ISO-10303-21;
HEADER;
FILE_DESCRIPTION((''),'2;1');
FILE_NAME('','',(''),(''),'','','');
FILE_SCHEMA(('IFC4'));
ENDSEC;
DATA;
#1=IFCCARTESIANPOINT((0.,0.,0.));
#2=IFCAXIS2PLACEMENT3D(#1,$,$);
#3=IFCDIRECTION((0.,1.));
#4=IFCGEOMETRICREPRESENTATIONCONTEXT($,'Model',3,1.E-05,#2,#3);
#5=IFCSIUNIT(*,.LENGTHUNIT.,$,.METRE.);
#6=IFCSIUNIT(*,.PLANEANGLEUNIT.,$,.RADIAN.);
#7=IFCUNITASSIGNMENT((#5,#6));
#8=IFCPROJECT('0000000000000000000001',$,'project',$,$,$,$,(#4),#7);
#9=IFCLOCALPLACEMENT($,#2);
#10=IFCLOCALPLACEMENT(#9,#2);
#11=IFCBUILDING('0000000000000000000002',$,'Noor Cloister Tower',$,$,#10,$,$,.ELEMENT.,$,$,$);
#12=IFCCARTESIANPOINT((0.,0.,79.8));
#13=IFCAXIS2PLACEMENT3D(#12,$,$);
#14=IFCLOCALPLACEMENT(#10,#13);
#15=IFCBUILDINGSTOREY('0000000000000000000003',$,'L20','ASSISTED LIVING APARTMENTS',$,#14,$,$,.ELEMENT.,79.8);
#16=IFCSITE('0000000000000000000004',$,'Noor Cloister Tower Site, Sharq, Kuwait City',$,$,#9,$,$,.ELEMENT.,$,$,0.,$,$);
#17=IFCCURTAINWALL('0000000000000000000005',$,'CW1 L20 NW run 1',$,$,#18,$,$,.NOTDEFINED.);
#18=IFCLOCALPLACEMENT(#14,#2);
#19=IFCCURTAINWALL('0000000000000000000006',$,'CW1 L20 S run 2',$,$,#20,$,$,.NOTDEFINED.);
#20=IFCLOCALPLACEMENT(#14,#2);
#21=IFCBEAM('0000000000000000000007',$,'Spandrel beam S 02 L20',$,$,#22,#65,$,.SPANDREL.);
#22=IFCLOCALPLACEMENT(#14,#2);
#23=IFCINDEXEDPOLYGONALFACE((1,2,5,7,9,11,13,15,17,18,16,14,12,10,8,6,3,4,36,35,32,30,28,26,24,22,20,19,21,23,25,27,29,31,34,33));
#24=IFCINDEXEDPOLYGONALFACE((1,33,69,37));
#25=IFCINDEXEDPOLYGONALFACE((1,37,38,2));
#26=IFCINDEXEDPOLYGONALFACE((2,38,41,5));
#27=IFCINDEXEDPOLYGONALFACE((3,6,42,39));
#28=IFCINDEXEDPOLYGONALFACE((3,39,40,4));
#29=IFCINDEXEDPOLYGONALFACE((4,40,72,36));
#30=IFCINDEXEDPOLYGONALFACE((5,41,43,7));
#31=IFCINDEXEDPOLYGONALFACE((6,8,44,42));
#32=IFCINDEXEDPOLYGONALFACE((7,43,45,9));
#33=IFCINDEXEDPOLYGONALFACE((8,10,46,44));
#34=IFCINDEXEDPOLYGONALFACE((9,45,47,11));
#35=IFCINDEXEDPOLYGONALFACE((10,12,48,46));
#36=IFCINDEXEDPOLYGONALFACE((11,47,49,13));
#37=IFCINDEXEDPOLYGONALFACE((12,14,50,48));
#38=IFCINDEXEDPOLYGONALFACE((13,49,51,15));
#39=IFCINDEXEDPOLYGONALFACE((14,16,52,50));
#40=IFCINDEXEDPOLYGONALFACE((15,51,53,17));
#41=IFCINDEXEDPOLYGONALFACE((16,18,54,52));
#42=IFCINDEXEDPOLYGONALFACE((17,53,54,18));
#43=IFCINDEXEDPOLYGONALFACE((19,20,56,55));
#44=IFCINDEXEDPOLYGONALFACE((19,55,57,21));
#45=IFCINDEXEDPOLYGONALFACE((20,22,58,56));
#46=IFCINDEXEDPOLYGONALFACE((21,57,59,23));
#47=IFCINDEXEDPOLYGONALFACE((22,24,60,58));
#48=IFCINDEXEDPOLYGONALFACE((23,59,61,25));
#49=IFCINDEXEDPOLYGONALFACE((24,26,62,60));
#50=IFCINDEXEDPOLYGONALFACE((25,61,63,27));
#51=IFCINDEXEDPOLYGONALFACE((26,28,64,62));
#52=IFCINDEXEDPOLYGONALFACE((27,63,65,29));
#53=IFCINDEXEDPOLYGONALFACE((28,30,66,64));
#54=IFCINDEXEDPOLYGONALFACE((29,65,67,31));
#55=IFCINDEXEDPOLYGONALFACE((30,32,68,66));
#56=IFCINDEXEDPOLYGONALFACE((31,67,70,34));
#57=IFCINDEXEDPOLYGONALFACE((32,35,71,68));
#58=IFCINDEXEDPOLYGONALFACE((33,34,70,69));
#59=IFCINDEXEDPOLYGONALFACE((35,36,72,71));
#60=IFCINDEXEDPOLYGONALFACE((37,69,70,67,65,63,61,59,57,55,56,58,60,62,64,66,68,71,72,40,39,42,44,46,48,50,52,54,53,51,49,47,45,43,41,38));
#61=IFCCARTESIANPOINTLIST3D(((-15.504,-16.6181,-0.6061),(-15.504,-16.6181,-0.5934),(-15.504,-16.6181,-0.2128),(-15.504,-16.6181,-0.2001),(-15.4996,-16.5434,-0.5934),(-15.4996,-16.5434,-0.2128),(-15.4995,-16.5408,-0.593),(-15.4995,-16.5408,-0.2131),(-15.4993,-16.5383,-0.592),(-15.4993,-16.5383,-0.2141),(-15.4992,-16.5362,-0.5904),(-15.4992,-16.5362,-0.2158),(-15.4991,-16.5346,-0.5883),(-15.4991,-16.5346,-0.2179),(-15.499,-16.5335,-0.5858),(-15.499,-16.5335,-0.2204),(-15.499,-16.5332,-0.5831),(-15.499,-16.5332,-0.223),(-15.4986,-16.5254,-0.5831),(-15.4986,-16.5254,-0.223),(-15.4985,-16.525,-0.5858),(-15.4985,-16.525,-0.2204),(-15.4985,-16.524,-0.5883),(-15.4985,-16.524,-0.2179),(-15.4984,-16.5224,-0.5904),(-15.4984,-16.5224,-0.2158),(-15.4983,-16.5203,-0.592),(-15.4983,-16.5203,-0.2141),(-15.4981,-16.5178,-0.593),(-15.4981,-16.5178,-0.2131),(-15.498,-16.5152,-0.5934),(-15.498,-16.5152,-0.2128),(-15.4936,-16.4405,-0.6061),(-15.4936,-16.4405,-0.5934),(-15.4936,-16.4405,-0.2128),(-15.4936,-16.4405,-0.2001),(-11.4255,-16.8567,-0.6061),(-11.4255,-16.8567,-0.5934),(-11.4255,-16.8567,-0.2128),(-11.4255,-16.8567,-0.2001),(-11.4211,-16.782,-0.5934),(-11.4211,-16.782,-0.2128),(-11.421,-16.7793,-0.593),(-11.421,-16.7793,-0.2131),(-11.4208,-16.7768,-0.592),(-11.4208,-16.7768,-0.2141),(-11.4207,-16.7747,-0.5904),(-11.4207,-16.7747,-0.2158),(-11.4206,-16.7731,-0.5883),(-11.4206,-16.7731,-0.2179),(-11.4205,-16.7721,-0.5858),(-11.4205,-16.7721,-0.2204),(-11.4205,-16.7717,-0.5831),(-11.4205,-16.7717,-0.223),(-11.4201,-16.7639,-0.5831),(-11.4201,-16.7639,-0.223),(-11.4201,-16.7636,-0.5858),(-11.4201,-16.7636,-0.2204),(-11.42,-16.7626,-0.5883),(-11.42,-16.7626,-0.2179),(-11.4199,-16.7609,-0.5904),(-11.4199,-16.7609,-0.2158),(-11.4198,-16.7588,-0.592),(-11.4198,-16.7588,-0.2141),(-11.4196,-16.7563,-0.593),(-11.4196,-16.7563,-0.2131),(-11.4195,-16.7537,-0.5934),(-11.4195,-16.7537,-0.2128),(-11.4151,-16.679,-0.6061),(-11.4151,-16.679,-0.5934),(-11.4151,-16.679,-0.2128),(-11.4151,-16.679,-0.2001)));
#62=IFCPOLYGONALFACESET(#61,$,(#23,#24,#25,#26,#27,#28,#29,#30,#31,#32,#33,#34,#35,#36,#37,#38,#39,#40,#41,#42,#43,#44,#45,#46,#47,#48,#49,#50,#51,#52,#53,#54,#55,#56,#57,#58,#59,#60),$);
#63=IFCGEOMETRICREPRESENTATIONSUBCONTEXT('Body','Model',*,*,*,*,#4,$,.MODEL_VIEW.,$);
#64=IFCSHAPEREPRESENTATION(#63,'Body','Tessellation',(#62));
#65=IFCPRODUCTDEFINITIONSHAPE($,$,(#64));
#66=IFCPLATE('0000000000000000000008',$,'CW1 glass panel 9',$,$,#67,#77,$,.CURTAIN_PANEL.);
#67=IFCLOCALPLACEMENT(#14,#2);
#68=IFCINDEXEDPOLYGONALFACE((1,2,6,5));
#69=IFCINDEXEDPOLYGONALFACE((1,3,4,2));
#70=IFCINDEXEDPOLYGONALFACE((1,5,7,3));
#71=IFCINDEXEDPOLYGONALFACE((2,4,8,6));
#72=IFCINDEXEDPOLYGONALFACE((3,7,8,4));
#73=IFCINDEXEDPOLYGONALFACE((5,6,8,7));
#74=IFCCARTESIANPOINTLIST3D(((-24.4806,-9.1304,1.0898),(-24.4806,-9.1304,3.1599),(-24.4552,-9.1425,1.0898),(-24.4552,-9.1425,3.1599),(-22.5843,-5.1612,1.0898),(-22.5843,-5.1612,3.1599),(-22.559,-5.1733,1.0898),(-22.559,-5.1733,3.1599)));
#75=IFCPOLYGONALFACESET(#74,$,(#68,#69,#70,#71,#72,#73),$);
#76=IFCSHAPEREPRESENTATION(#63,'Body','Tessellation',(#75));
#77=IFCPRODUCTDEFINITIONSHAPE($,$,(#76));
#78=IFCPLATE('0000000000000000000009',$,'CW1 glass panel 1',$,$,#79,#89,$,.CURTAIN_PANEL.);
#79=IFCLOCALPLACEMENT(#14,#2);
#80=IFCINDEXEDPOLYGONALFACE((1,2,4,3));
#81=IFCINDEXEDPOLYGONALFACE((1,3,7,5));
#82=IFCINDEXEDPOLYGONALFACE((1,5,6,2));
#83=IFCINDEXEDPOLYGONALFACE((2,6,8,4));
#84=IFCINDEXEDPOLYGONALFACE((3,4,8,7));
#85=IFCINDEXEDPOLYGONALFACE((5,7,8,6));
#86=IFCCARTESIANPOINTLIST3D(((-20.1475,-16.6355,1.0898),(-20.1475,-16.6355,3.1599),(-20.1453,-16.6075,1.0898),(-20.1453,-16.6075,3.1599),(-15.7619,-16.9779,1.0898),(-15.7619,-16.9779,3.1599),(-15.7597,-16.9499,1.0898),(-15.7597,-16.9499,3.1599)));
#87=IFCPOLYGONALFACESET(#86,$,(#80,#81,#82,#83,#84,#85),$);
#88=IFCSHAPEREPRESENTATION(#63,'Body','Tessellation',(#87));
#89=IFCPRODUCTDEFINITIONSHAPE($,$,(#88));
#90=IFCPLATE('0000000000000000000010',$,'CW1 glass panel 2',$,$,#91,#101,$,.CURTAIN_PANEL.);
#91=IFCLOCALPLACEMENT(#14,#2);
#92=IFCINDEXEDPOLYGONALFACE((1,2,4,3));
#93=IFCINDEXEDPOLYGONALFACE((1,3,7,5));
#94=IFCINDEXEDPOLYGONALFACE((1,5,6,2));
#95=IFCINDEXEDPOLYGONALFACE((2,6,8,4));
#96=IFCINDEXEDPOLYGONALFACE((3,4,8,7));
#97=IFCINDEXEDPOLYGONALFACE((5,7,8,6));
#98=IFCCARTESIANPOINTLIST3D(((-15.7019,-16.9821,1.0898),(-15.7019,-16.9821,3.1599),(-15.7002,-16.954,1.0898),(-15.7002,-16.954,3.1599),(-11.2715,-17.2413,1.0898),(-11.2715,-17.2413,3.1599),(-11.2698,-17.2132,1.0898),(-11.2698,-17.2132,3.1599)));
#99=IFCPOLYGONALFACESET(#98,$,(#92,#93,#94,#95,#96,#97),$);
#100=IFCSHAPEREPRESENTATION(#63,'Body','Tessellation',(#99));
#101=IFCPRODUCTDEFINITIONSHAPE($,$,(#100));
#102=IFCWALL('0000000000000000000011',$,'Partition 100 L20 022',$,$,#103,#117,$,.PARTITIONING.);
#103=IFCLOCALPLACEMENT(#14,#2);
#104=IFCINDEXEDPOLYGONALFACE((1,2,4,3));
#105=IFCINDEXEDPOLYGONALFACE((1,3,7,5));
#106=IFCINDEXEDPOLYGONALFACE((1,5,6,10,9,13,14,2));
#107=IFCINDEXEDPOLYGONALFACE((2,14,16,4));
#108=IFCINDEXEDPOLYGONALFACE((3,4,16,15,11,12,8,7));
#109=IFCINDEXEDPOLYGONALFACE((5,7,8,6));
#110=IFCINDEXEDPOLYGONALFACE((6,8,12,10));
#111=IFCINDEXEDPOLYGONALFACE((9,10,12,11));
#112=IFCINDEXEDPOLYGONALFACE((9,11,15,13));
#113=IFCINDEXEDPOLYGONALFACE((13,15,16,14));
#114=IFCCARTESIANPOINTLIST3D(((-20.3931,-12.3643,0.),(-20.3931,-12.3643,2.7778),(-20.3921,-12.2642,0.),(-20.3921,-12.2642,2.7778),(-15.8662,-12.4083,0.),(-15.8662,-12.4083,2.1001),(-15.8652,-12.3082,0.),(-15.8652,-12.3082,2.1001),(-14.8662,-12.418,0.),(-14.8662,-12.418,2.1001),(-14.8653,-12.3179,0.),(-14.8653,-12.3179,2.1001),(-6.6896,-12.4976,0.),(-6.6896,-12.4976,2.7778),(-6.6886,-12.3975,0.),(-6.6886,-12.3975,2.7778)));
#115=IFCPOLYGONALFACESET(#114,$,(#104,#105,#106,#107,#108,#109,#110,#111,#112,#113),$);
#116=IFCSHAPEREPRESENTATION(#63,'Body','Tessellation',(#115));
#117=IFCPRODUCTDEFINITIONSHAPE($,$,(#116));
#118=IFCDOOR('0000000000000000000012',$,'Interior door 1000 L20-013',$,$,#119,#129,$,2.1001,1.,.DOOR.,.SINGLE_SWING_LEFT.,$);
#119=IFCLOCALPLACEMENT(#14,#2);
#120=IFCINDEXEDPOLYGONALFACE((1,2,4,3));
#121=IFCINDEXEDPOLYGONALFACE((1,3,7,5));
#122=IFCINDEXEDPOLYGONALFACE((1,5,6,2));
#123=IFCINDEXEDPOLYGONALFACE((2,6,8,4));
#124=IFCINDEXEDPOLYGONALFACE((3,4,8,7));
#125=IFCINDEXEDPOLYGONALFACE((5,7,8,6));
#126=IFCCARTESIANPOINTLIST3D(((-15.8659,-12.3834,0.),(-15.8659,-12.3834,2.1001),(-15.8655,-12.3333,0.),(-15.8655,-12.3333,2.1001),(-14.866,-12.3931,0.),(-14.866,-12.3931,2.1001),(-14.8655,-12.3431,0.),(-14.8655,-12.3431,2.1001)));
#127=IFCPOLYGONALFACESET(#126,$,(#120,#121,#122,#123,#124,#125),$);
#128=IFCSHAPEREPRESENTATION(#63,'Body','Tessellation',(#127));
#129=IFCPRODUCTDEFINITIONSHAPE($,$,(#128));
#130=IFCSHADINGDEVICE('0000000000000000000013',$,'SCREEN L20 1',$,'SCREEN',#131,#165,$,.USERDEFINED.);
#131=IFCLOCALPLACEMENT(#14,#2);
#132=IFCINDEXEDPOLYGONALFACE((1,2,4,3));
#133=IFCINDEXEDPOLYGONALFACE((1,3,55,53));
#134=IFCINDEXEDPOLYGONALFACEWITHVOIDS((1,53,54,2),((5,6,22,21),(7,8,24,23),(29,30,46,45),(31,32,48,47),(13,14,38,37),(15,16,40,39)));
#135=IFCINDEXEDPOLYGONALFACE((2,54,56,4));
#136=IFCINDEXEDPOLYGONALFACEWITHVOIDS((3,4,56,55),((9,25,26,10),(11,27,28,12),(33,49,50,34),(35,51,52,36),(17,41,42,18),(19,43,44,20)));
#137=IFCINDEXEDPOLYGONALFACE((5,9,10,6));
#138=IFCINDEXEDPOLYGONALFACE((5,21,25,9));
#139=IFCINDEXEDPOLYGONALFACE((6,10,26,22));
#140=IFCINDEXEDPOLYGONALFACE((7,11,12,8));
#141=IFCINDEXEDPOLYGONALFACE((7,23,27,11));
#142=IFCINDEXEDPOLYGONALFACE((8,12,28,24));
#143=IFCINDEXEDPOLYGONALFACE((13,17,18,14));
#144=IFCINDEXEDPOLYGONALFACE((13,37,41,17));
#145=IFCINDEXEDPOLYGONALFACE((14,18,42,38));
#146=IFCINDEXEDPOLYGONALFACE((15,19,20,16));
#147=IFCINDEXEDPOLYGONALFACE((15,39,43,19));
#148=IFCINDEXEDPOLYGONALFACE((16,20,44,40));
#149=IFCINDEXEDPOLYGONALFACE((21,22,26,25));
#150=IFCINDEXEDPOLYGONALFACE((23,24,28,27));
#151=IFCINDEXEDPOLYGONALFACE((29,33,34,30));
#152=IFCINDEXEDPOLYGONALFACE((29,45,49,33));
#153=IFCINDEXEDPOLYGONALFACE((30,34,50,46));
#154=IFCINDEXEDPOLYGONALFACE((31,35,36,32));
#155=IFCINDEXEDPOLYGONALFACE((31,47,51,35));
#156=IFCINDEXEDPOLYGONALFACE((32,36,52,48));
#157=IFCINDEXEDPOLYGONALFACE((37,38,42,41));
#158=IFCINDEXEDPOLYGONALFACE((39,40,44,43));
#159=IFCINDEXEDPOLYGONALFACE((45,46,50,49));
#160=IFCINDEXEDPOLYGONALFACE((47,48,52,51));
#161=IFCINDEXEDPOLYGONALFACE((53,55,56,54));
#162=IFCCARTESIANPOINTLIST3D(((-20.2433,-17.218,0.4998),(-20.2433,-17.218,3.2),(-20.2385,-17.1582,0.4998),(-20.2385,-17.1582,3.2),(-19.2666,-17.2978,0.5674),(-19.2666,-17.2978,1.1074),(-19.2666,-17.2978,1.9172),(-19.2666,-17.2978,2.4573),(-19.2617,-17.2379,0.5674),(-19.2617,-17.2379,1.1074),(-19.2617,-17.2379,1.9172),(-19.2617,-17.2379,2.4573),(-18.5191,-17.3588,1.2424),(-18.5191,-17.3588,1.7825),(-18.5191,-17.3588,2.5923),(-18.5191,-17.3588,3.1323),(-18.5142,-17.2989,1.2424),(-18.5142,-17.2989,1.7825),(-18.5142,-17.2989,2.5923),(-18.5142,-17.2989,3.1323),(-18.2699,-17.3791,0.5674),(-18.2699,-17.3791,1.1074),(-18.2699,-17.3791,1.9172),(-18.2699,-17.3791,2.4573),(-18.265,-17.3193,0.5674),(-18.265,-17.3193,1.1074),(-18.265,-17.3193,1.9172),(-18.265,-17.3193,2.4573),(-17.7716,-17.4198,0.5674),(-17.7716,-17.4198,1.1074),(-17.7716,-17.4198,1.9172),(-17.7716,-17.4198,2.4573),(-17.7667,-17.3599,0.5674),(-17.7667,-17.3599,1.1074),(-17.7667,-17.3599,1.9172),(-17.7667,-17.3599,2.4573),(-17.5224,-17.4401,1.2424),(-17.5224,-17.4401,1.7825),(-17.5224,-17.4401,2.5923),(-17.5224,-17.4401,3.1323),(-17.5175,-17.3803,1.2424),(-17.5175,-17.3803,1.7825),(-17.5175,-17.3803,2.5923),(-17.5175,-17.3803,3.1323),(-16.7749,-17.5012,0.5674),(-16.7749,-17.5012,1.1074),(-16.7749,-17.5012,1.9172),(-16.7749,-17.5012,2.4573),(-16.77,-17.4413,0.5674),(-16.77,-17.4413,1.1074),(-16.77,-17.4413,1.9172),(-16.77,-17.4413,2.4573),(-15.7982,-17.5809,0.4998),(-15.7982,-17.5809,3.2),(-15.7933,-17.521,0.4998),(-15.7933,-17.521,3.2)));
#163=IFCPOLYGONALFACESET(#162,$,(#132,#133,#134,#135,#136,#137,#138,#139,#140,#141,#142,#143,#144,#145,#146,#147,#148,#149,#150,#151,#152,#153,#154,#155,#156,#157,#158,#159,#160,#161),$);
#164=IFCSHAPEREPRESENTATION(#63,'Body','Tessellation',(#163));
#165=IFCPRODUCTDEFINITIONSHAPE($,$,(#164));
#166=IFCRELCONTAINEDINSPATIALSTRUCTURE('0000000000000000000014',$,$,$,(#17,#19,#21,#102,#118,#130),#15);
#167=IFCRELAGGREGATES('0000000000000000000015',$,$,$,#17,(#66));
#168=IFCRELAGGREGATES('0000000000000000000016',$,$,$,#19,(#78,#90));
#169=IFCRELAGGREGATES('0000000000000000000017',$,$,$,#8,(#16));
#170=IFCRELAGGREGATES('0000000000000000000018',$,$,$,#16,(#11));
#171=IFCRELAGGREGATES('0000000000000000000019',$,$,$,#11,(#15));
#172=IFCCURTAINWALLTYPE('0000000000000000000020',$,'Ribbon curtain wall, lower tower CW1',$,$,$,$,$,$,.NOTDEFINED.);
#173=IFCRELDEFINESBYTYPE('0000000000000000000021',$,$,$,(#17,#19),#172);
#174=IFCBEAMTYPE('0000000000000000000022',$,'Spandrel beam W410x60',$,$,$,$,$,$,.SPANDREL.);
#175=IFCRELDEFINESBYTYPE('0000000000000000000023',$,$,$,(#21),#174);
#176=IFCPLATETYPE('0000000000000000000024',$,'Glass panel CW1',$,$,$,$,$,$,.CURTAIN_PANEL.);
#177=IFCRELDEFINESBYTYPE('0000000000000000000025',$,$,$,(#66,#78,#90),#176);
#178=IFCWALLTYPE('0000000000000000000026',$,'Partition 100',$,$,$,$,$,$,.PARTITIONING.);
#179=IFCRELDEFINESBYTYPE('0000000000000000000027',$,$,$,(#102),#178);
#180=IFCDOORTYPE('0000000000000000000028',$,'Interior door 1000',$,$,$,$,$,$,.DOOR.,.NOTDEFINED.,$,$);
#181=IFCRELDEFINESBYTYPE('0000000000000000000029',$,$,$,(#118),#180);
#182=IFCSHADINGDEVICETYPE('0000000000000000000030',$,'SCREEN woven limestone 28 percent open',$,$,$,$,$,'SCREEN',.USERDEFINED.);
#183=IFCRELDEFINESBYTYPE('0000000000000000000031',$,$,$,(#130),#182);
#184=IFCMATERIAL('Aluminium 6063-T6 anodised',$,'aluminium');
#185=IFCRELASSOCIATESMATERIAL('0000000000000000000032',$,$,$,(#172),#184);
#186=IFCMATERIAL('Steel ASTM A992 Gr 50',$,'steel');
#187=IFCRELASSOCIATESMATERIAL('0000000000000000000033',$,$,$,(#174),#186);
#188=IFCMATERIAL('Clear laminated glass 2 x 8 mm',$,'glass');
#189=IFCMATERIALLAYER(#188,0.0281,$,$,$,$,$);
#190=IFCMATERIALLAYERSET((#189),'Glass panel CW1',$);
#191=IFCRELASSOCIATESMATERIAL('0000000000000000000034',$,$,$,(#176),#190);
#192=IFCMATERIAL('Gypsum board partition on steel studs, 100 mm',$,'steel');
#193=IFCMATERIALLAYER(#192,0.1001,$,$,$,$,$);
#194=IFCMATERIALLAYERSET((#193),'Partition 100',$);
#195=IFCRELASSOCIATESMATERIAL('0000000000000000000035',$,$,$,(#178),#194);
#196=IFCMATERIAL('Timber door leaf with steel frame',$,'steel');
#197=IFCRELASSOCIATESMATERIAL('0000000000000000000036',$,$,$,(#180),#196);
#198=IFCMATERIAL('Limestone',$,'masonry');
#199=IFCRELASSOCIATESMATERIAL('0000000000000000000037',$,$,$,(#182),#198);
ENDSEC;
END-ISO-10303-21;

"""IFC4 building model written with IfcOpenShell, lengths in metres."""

from ifc_helpers import new_model, si_unit, direction, frame, frame_2d, origin, origin_2d, place, context, subcontext, project, spatial, polyline, rectangle, i_section, outline, extrude, material, layer, layer_set, material_profile, profile_set, type_object, element, fill, aggregate, save


model = new_model("IFC4")

# Units and contexts
model_context = context("Model", 3, precision=1e-05, world=origin(), true_north=direction((0.0, 1.0)))
body_context = subcontext(model_context, "Body", "Model", "MODEL_VIEW")
ifc_project = project(units=[si_unit("LENGTHUNIT", "METRE"), si_unit("PLANEANGLEUNIT", "RADIAN")], contexts=[model_context])

# Site, building, storey
site_placement = place(None, origin())
site = spatial("IfcSite", under=ifc_project, at=site_placement, Name="Noor Cloister Tower Site, Sharq, Kuwait City", CompositionType="ELEMENT", RefElevation=0.0)
building_placement = place(site_placement, origin())
building = spatial("IfcBuilding", under=site, at=building_placement, Name="Noor Cloister Tower", CompositionType="ELEMENT")
storey_placement = place(building_placement, frame((0.0, 0.0, 79.8)))
storey = spatial("IfcBuildingStorey", under=building, at=storey_placement, Name="L20", Description="ASSISTED LIVING APARTMENTS", CompositionType="ELEMENT", Elevation=79.8)

# Curtain wall
ifc_material_1 = material(Name="Aluminium 6063-T6 anodised", Category="aluminium")
curtain_wall_type = type_object("IfcCurtainWallType", Name="Ribbon curtain wall, lower tower CW1", PredefinedType="NOTDEFINED", material=ifc_material_1)
curtain_wall_1_placement = place(storey_placement, origin())
curtain_wall_1 = element("IfcCurtainWall", 1, at=curtain_wall_1_placement, inside=storey, type_object=curtain_wall_type, Name="CW1 L20 NW run 1", PredefinedType="NOTDEFINED")

# Curtain wall
curtain_wall_2_placement = place(storey_placement, origin())
curtain_wall_2 = element("IfcCurtainWall", 2, at=curtain_wall_2_placement, inside=storey, type_object=curtain_wall_type, Name="CW1 L20 S run 2", PredefinedType="NOTDEFINED")

# Beam
ifc_material_2 = material(Name="Steel ASTM A992 Gr 50", Category="steel")
ifc_material_profile_1 = material_profile(ifc_material_2, i_section(OverallWidth=0.178, OverallDepth=0.406, WebThickness=0.0078, FlangeThickness=0.0127, FilletRadius=0.0103, at=origin_2d()), Name="W410x60")
ifc_profile_set_1 = profile_set([ifc_material_profile_1], Name="Steel ASTM A992 Gr 50")
beam_type_1 = type_object("IfcBeamType", Name="Spandrel beam W410x60", PredefinedType="SPANDREL", material=ifc_profile_set_1)
for number, where, z_axis, x_axis, name in (
    (3, (-15.4988, -16.5293, -0.4031), (0.998294, -0.058386, 0.0), (0.058386, 0.998294, 0.0), "Spandrel beam S 02 L20"),
):
    element("IfcBeam", number, at=place(storey_placement, frame(where, z_axis=z_axis, x_axis=x_axis)), inside=storey, type_object=beam_type_1, Name=name, PredefinedType="SPANDREL", context=body_context, shape_type="SweptSolid", body=[
        extrude(i_section(OverallWidth=0.178, OverallDepth=0.406, WebThickness=0.0078, FlangeThickness=0.0127, FilletRadius=0.0103, at=origin_2d()), origin(), (0.0, 0.0, 1.0), 4.0854),
    ])

# Plates
ifc_material_3 = material(Name="Clear laminated glass 2 x 8 mm", Category="glass")
ifc_layer_1 = layer(ifc_material_3, 0.0281)
ifc_layer_set_1 = layer_set([ifc_layer_1], Name="Glass panel CW1")
plate_type = type_object("IfcPlateType", Name="Glass panel CW1", PredefinedType="CURTAIN_PANEL", material=ifc_layer_set_1)
plate_1_placement = place(storey_placement, frame((-23.5198, -7.1519, 1.0898), z_axis=(0.0, 0.0, 1.0), x_axis=(-0.43107, -0.902318, 0.0)))
plate_1 = element("IfcPlate", 4, at=plate_1_placement, type_object=plate_type, Name="CW1 glass panel 9", PredefinedType="CURTAIN_PANEL", context=body_context, shape_type="SweptSolid", body=[
    extrude(rectangle(XDim=4.3989, YDim=0.0281, at=origin_2d()), origin(), (0.0, 0.0, 1.0), 2.0701),
])
aggregate(curtain_wall_1, [plate_1])
plate_2_placement = place(storey_placement, frame((-17.9536, -16.7927, 1.0898), z_axis=(0.0, 0.0, 1.0), x_axis=(0.996966, -0.077841, 0.0)))
plate_2 = element("IfcPlate", 5, at=plate_2_placement, type_object=plate_type, Name="CW1 glass panel 1", PredefinedType="CURTAIN_PANEL", context=body_context, shape_type="SweptSolid", body=[
    extrude(rectangle(XDim=4.3989, YDim=0.0281, at=origin_2d()), origin(), (0.0, 0.0, 1.0), 2.0701),
])
plate_3_placement = place(storey_placement, frame((-13.4858, -17.0977, 1.0898), z_axis=(0.0, 0.0, 1.0), x_axis=(0.998293, -0.058407, 0.0)))
plate_3 = element("IfcPlate", 6, at=plate_3_placement, type_object=plate_type, Name="CW1 glass panel 2", PredefinedType="CURTAIN_PANEL", context=body_context, shape_type="SweptSolid", body=[
    extrude(rectangle(XDim=4.438, YDim=0.0281, at=origin_2d()), origin(), (0.0, 0.0, 1.0), 2.0701),
])
aggregate(curtain_wall_2, [plate_2, plate_3])

# Wall, opening, door
ifc_material_4 = material(Name="Gypsum board partition on steel studs, 100 mm", Category="steel")
ifc_layer_2 = layer(ifc_material_4, 0.1001)
ifc_layer_set_2 = layer_set([ifc_layer_2], Name="Partition 100")
wall_type = type_object("IfcWallType", Name="Partition 100", PredefinedType="PARTITIONING", material=ifc_layer_set_2)
wall_placement = place(storey_placement, frame((-20.3926, -12.3142, 0.0), z_axis=(0.0, 0.0, 1.0), x_axis=(0.999953, -0.009727, 0.0)))
wall = element("IfcWall", 7, at=wall_placement, inside=storey, type_object=wall_type, Name="Partition 100 L20 022", PredefinedType="PARTITIONING", context=body_context, shape_type="SweptSolid", body=[
    extrude(rectangle(XDim=13.7041, YDim=0.1001, at=frame_2d((6.8521, 0.0))), origin(), (0.0, 0.0, 1.0), 2.7778),
])
opening_placement = place(wall_placement, frame((4.5271, 0.0, 0.0)))
opening = element("IfcOpeningElement", 8, at=opening_placement, cuts=wall, PredefinedType="OPENING", context=body_context, shape_type="SweptSolid", body=[
    extrude(rectangle(XDim=1.0, YDim=2.1001, at=frame_2d((0.5, 1.05))), frame((0.0, 0.0601, 0.0), z_axis=(0.0, -1.0, 0.0), x_axis=(1.0, 0.0, 0.0)), (0.0, 0.0, 1.0), 0.1201),
])
ifc_material_5 = material(Name="Timber door leaf with steel frame", Category="steel")
door_type = type_object("IfcDoorType", Name="Interior door 1000", OperationType="NOTDEFINED", PredefinedType="DOOR", material=ifc_material_5)
door_placement = place(opening_placement, origin())
door = element("IfcDoor", 9, at=door_placement, inside=storey, type_object=door_type, Name="Interior door 1000 L20-013", OperationType="SINGLE_SWING_LEFT", OverallHeight=2.1001, OverallWidth=1.0, PredefinedType="DOOR", context=body_context, shape_type="SweptSolid", body=[
    extrude(rectangle(XDim=1.0, YDim=2.1001, at=frame_2d((0.5, 1.05))), frame((0.0, 0.0249, 0.0), z_axis=(0.0, -1.0, 0.0), x_axis=(1.0, 0.0, 0.0)), (0.0, 0.0, 1.0), 0.05),
])
fill(opening, door)

# Shading device
ifc_material_6 = material(Name="Limestone", Category="masonry")
ifc_material_profile_2 = material_profile(ifc_material_6, outline(polyline([(-2.23, -1.3501), (2.23, -1.3501), (2.23, 1.3501), (-2.23, 1.3501), (-2.23, -1.3501)]), holes=[polyline([(-1.25, -1.2825), (-0.25, -1.2825), (-0.25, -0.7424), (-1.25, -0.7424), (-1.25, -1.2825)]), polyline([(0.25, -1.2825), (1.25, -1.2825), (1.25, -0.7424), (0.25, -0.7424), (0.25, -1.2825)]), polyline([(-0.5, -0.6074), (0.5, -0.6074), (0.5, -0.0674), (-0.5, -0.0674), (-0.5, -0.6074)]), polyline([(-1.25, 0.0674), (-0.25, 0.0674), (-0.25, 0.6074), (-1.25, 0.6074), (-1.25, 0.0674)]), polyline([(0.25, 0.0674), (1.25, 0.0674), (1.25, 0.6074), (0.25, 0.6074), (0.25, 0.0674)]), polyline([(-0.5, 0.7424), (0.5, 0.7424), (0.5, 1.2825), (-0.5, 1.2825), (-0.5, 0.7424)])]), Name="Woven screen 28 percent open")
ifc_profile_set_2 = profile_set([ifc_material_profile_2], Name="Limestone")
shading_device_type = type_object("IfcShadingDeviceType", Name="SCREEN woven limestone 28 percent open", ElementType="SCREEN", PredefinedType="USERDEFINED", material=ifc_profile_set_2)
for number, where, z_axis, x_axis, name in (
    (10, (-18.0159, -17.3396, 1.8499), (-0.081362, -0.996685, 0.0), (0.996685, -0.081362, 0.0), "SCREEN L20 1"),
):
    element("IfcShadingDevice", number, at=place(storey_placement, frame(where, z_axis=z_axis, x_axis=x_axis)), inside=storey, type_object=shading_device_type, Name=name, ObjectType="SCREEN", PredefinedType="USERDEFINED", context=body_context, shape_type="SweptSolid", body=[
        extrude(outline(polyline([(-2.23, -1.3501), (2.23, -1.3501), (2.23, 1.3501), (-2.23, 1.3501), (-2.23, -1.3501)]), holes=[polyline([(-1.25, -1.2825), (-0.25, -1.2825), (-0.25, -0.7424), (-1.25, -0.7424), (-1.25, -1.2825)]), polyline([(0.25, -1.2825), (1.25, -1.2825), (1.25, -0.7424), (0.25, -0.7424), (0.25, -1.2825)]), polyline([(-0.5, -0.6074), (0.5, -0.6074), (0.5, -0.0674), (-0.5, -0.0674), (-0.5, -0.6074)]), polyline([(-1.25, 0.0674), (-0.25, 0.0674), (-0.25, 0.6074), (-1.25, 0.6074), (-1.25, 0.0674)]), polyline([(0.25, 0.0674), (1.25, 0.0674), (1.25, 0.6074), (0.25, 0.6074), (0.25, 0.0674)]), polyline([(-0.5, 0.7424), (0.5, 0.7424), (0.5, 1.2825), (-0.5, 1.2825), (-0.5, 0.7424)])]), origin(), (0.0, 0.0, 1.0), 0.0601),
    ])

save(model, "model.ifc")
